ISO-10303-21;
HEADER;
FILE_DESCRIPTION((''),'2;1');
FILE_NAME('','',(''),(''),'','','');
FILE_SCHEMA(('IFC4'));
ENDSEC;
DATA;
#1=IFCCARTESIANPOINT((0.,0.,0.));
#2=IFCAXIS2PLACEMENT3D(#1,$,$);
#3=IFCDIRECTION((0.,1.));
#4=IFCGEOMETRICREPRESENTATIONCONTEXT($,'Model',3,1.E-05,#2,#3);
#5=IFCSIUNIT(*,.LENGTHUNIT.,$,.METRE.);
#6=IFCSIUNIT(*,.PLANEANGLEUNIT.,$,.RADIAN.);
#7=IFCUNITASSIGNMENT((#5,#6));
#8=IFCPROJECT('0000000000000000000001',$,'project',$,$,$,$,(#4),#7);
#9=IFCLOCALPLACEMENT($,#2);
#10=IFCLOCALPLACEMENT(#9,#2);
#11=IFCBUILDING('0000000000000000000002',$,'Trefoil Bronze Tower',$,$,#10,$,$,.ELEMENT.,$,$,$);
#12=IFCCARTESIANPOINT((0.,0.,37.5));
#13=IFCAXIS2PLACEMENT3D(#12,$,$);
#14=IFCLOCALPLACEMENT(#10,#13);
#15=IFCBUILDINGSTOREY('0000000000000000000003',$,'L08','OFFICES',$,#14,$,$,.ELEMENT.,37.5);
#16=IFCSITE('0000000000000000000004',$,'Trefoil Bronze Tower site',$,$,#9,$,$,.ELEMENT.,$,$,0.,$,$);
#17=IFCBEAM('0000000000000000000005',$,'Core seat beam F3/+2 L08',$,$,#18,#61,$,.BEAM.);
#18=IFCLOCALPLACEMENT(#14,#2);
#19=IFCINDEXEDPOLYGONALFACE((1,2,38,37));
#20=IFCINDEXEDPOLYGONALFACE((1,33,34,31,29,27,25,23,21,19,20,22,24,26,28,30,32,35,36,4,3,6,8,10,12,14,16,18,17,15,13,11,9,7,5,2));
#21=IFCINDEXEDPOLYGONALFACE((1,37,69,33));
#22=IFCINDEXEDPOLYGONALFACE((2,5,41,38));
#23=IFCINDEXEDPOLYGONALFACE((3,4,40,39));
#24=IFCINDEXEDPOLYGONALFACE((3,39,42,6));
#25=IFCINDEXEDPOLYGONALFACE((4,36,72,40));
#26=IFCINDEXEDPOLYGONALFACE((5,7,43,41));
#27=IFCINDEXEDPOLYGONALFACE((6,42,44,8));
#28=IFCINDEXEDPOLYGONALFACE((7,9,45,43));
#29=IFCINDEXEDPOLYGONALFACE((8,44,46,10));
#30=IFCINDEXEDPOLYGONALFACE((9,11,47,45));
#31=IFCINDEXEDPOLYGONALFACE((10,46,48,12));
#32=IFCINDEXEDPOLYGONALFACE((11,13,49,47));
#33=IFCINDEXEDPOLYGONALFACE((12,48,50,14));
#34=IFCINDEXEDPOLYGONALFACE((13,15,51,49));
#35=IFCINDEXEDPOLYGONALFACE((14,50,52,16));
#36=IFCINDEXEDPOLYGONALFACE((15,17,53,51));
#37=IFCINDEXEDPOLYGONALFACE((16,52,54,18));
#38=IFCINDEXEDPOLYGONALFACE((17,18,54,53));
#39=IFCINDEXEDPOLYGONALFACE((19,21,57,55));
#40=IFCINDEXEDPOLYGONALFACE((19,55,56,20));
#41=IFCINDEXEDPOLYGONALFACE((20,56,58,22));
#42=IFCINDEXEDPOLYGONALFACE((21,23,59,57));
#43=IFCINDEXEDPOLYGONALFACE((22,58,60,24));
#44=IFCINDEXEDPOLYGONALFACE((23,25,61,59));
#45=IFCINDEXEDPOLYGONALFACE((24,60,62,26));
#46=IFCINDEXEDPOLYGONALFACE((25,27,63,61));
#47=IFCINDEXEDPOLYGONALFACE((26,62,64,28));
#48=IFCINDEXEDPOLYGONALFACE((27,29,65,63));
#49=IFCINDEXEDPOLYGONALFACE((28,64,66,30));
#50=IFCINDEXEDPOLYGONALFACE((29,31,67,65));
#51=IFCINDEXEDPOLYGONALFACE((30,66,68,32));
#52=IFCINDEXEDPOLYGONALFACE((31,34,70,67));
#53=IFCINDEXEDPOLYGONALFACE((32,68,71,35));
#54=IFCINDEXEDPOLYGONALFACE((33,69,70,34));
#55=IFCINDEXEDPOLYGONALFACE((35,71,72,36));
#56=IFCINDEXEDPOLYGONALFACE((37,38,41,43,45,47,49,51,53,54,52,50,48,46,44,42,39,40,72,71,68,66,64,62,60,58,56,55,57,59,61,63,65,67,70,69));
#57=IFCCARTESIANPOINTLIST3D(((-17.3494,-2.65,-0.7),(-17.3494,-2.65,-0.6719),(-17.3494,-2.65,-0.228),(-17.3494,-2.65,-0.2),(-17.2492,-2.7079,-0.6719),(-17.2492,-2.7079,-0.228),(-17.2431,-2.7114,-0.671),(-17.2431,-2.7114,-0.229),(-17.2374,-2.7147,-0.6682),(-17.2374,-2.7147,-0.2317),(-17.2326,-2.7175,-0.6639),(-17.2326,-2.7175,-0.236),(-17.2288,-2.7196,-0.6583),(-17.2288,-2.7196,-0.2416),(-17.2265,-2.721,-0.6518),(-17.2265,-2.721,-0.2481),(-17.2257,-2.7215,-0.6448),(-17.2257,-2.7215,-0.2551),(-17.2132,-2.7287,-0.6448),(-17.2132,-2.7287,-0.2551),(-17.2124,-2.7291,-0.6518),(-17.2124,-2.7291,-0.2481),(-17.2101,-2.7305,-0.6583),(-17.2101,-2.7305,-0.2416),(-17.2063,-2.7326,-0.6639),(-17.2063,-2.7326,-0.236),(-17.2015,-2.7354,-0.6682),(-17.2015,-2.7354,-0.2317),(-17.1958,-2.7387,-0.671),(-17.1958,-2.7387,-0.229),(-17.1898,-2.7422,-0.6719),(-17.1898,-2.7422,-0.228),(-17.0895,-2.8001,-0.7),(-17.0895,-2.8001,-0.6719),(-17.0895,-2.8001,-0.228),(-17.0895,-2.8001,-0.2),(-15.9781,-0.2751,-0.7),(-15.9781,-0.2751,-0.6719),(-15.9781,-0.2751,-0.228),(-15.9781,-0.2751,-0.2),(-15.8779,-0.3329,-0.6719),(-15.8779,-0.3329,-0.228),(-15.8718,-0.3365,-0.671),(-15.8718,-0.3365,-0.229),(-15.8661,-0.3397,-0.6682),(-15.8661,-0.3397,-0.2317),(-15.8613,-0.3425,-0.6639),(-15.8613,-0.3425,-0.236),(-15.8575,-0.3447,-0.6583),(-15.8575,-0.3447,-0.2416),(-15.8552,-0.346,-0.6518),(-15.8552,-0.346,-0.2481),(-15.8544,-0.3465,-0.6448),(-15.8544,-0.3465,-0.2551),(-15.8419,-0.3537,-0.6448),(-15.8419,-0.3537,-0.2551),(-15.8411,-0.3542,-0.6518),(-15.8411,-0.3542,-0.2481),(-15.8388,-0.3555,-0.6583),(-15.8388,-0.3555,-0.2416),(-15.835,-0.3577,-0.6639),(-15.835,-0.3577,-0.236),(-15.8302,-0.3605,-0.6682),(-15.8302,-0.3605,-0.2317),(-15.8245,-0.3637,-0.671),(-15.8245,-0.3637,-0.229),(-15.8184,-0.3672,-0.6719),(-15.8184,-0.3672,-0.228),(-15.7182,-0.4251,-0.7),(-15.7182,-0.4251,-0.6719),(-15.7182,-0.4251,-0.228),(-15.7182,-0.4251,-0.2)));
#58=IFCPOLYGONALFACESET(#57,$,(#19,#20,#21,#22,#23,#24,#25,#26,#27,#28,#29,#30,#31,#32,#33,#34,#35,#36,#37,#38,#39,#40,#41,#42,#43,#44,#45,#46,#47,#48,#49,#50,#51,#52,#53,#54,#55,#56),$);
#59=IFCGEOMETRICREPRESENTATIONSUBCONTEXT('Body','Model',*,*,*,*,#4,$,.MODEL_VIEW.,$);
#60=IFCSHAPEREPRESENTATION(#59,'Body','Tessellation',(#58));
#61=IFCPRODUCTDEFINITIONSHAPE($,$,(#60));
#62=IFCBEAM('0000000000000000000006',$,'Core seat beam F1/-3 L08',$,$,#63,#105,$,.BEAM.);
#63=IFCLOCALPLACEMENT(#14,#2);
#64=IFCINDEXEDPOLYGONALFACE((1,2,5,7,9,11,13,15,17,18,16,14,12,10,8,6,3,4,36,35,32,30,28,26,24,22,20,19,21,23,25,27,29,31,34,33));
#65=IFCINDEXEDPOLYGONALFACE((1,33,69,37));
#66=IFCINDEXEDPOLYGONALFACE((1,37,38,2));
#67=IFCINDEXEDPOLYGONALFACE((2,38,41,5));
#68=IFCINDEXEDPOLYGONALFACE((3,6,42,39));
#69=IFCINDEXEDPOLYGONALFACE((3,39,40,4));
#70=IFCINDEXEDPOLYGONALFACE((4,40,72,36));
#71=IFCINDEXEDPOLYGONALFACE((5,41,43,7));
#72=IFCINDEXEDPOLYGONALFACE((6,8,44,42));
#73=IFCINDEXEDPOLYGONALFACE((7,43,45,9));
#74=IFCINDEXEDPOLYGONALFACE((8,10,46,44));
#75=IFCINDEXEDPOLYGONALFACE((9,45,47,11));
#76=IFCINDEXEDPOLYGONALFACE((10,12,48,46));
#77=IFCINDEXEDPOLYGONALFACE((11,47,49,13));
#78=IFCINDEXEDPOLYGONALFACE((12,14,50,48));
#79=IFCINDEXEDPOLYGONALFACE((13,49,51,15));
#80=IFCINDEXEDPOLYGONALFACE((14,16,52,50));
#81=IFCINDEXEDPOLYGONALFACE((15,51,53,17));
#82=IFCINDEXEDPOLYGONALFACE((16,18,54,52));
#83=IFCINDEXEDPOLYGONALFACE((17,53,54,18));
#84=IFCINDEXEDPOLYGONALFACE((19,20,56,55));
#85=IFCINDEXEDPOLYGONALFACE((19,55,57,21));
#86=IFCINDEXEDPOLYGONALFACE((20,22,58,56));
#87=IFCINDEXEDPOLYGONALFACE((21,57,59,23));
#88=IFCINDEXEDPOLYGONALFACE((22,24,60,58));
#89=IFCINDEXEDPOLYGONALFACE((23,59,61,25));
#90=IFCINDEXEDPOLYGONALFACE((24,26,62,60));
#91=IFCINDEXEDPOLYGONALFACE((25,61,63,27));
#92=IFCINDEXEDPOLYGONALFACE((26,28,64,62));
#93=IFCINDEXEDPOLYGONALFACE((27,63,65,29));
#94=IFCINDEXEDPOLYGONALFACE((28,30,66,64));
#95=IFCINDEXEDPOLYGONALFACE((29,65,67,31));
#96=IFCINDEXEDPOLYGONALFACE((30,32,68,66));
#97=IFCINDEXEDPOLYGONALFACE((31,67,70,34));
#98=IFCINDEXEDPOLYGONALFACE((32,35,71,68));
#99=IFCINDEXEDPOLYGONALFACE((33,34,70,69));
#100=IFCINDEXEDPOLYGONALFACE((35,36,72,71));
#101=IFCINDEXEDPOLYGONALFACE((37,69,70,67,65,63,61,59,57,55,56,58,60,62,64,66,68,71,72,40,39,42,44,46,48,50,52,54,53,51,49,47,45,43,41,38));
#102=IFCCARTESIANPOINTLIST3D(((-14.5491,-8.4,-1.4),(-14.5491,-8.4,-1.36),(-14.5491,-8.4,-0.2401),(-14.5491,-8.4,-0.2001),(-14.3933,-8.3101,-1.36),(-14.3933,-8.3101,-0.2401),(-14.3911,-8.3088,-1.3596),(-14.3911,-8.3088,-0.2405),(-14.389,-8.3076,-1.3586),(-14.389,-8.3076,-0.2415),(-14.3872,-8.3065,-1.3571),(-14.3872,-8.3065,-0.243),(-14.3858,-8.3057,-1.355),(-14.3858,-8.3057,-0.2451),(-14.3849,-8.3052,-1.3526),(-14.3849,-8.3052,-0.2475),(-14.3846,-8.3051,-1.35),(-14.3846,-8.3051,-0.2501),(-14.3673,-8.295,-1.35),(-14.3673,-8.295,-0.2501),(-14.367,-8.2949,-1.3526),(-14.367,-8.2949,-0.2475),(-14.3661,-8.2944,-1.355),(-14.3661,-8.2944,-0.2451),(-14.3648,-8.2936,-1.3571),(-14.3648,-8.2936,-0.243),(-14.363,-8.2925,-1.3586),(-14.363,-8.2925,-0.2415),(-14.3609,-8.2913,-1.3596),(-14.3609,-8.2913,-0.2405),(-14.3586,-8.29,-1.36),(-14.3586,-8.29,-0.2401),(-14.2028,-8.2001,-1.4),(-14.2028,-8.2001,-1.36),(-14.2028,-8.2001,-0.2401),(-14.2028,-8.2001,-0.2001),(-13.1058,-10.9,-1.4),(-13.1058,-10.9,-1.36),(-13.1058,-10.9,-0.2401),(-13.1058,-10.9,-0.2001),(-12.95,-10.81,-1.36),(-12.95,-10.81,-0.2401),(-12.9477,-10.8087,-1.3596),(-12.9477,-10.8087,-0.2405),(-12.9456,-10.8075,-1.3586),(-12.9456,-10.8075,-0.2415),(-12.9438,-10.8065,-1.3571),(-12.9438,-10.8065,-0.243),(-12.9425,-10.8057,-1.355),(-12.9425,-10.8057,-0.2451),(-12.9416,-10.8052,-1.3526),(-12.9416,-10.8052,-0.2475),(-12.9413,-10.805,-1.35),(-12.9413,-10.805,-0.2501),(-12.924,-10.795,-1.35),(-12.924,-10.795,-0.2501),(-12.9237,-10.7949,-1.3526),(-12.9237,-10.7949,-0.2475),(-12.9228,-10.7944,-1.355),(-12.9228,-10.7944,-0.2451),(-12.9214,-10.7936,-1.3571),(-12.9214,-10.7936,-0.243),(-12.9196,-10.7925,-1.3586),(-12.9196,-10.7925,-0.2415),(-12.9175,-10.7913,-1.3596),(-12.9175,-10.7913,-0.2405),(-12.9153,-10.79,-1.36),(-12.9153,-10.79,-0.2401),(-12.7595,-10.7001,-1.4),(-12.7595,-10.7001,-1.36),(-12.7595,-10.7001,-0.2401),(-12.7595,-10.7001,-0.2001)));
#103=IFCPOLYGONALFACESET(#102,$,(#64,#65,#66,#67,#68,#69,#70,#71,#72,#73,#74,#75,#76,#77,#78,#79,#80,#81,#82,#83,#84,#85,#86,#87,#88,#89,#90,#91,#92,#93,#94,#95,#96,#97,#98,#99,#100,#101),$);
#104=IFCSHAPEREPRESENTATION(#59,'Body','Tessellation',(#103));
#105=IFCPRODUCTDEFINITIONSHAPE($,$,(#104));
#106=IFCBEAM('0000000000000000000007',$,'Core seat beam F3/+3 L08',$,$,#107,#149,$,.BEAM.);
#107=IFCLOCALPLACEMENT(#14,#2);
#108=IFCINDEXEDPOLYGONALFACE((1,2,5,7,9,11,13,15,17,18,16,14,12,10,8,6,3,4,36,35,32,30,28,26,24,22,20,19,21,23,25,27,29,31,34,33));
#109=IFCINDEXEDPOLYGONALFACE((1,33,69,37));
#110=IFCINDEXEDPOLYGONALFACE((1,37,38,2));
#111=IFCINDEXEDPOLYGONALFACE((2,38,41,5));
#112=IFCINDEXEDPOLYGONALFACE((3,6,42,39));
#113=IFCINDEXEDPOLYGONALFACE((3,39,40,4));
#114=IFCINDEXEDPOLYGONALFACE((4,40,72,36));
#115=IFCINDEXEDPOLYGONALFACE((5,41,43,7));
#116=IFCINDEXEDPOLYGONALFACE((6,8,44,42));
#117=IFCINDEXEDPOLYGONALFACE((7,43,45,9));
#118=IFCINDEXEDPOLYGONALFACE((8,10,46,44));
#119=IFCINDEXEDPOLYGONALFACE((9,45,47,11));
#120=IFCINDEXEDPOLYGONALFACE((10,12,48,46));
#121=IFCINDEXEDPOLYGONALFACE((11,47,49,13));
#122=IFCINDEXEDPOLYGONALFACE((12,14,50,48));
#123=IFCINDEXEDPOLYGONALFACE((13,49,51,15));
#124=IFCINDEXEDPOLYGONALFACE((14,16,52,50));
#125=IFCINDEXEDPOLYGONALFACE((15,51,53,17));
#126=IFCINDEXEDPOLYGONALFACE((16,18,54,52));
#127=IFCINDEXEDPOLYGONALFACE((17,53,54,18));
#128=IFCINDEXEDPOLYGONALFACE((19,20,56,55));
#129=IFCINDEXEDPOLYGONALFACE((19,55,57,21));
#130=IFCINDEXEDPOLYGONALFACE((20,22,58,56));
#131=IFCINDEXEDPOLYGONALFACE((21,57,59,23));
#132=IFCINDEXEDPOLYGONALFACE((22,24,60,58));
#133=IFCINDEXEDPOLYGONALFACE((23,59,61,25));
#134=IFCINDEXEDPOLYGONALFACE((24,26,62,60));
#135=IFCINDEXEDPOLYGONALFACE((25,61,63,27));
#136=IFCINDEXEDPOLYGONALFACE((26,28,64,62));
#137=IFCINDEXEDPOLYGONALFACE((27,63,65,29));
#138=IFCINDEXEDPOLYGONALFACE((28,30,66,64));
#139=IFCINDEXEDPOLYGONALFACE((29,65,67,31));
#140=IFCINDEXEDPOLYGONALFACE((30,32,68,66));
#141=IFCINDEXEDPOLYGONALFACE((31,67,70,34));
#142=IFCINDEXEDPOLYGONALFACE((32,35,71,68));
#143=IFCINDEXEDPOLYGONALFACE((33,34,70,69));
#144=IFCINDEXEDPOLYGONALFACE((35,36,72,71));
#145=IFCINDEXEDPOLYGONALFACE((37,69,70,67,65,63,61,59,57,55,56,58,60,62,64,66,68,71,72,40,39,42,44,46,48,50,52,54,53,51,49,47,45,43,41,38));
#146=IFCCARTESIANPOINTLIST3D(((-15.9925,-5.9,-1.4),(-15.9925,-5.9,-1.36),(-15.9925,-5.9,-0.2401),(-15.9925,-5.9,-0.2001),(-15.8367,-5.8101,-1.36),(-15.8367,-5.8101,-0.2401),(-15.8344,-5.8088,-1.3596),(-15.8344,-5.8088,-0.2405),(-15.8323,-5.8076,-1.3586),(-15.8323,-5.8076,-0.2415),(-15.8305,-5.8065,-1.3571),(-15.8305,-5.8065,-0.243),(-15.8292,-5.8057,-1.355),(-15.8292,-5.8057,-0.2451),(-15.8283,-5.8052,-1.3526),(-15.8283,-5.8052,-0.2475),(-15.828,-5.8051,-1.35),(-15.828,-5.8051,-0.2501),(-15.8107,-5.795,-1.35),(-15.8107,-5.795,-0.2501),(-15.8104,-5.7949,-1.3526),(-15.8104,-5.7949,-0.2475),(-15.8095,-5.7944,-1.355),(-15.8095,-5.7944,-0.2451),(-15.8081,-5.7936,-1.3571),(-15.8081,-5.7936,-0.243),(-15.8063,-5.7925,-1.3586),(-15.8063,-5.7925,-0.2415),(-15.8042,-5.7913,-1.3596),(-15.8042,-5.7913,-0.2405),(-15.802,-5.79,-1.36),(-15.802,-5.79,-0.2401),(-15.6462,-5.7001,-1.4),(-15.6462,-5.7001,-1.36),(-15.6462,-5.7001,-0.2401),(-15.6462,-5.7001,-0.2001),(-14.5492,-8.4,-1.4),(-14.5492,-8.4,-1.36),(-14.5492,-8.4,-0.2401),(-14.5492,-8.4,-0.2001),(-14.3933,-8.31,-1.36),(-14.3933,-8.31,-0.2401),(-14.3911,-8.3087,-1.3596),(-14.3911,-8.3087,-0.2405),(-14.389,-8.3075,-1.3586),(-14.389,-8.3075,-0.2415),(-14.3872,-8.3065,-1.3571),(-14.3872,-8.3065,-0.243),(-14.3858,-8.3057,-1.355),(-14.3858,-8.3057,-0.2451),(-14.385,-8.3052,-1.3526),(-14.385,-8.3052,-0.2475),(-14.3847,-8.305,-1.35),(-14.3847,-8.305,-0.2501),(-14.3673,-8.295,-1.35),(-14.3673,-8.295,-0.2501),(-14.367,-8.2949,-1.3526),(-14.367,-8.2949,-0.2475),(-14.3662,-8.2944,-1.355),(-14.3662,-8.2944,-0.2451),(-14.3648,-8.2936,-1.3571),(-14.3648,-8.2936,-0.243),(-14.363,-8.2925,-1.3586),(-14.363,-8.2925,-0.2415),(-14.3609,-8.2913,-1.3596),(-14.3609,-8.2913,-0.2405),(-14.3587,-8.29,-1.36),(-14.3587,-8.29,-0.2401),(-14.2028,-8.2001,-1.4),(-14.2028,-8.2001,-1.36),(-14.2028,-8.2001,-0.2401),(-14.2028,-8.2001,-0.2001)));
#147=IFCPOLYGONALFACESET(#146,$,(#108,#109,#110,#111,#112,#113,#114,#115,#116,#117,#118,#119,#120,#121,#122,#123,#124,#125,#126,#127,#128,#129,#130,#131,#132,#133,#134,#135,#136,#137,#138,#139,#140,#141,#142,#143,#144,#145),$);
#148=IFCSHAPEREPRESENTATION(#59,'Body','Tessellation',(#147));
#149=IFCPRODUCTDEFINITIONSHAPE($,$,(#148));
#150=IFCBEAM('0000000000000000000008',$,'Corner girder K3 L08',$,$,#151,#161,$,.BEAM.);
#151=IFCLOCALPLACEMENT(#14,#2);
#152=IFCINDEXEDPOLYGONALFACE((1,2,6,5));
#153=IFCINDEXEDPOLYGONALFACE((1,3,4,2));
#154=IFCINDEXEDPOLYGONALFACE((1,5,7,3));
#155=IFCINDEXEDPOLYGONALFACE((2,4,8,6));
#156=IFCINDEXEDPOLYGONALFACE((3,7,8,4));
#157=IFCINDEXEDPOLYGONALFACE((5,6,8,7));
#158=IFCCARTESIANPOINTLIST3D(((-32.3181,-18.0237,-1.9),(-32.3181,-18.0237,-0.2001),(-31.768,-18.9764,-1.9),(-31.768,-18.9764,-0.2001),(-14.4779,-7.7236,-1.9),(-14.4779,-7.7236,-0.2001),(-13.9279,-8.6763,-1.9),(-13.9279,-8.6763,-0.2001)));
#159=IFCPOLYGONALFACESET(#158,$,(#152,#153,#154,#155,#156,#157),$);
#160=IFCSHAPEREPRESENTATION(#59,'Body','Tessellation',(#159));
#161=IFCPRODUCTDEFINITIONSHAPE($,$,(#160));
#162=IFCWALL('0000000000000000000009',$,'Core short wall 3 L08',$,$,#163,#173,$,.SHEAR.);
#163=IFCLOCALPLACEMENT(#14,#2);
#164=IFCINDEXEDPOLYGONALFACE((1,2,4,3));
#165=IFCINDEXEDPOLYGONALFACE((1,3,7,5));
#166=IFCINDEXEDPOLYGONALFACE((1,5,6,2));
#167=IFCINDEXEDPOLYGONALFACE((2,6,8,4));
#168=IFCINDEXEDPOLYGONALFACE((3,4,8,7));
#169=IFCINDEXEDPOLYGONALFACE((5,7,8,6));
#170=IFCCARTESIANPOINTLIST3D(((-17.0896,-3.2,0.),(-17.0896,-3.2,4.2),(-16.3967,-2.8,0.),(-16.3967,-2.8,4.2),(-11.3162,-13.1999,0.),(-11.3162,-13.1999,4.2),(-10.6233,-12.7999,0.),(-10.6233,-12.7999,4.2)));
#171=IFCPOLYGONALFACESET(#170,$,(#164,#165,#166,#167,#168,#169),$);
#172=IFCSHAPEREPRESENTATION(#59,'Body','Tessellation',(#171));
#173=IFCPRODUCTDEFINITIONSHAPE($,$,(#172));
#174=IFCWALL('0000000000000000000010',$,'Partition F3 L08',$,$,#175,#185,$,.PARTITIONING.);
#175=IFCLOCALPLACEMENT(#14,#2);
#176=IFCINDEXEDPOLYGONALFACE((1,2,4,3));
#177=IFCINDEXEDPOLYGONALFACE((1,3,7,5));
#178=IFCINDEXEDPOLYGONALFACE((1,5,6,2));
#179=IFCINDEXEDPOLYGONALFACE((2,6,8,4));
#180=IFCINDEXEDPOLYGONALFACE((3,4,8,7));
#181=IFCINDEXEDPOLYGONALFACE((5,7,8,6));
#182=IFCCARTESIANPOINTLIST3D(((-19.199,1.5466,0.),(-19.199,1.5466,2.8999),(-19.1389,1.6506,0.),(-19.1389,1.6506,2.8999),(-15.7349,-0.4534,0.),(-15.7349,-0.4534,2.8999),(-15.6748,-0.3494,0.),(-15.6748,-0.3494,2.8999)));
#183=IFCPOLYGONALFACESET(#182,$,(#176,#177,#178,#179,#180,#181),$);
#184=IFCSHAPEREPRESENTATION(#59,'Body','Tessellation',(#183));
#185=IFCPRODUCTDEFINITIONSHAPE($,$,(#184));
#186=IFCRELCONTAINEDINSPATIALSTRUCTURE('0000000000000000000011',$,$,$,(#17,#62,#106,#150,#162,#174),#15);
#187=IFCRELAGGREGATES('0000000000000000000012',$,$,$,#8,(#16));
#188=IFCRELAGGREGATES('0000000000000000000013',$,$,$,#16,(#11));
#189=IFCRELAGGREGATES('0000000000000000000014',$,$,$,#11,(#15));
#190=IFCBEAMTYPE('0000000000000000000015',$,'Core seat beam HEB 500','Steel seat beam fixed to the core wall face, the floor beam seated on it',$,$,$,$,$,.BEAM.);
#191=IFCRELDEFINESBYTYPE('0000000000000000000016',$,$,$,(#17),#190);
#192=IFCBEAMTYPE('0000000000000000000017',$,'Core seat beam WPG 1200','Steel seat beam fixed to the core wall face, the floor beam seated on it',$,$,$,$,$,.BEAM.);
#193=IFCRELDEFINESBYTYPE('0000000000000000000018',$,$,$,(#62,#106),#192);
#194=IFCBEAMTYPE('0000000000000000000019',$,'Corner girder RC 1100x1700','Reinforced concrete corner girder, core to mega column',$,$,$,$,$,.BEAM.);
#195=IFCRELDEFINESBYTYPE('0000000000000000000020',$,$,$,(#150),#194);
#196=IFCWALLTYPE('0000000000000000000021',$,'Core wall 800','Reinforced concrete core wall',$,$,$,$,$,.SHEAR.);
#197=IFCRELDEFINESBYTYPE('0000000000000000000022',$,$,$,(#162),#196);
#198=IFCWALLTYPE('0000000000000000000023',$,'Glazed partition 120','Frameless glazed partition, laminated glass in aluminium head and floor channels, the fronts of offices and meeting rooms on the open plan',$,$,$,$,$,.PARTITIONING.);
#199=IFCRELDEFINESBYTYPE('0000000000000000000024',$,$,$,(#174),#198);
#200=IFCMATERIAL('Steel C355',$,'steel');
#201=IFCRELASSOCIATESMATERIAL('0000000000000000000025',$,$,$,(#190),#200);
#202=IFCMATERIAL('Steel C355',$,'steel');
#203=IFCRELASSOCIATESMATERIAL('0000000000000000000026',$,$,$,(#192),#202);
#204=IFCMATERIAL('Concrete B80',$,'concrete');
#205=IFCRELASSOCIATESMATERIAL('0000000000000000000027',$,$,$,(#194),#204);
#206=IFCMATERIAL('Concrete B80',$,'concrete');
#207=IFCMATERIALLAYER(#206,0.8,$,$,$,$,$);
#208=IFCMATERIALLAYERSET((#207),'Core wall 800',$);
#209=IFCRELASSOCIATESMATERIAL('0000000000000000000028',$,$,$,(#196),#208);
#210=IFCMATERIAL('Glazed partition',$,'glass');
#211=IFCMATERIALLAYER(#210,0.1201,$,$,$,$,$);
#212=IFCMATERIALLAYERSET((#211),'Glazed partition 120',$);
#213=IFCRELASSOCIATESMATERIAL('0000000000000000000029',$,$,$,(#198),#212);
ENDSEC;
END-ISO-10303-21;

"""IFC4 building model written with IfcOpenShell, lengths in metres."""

from ifc_helpers import new_model, si_unit, direction, frame, frame_2d, origin, origin_2d, place, context, subcontext, project, spatial, rectangle, i_section, extrude, material, layer, layer_set, material_profile, profile_set, type_object, element, save


model = new_model("IFC4")

# Units and contexts
model_context = context("Model", 3, precision=1e-05, world=origin(), true_north=direction((0.0, 1.0)))
body_context = subcontext(model_context, "Body", "Model", "MODEL_VIEW")
ifc_project = project(units=[si_unit("LENGTHUNIT", "METRE"), si_unit("PLANEANGLEUNIT", "RADIAN")], contexts=[model_context])

# Site, building, storey
site_placement = place(None, origin())
site = spatial("IfcSite", under=ifc_project, at=site_placement, Name="Trefoil Bronze Tower site", CompositionType="ELEMENT", RefElevation=0.0)
building_placement = place(site_placement, origin())
building = spatial("IfcBuilding", under=site, at=building_placement, Name="Trefoil Bronze Tower", CompositionType="ELEMENT")
storey_placement = place(building_placement, frame((0.0, 0.0, 37.5)))
storey = spatial("IfcBuildingStorey", under=building, at=storey_placement, Name="L08", Description="OFFICES", CompositionType="ELEMENT", Elevation=37.5)

# Beams
ifc_material_1 = material(Name="Steel C355", Category="steel")
ifc_material_profile_1 = material_profile(ifc_material_1, i_section(OverallWidth=0.3, OverallDepth=0.5, WebThickness=0.0144, FlangeThickness=0.0281, FilletRadius=0.0271, at=origin_2d()), Name="HEB 500")
ifc_profile_set_1 = profile_set([ifc_material_profile_1], Name="Steel C355")
beam_type_1 = type_object("IfcBeamType", Name="Core seat beam HEB 500", Description="Steel seat beam fixed to the core wall face, the floor beam seated on it", PredefinedType="BEAM", material=ifc_profile_set_1)
beam_1_placement = place(storey_placement, frame((-15.8481, -0.3501, -0.45), z_axis=(-0.500036, -0.866005, 0.0), x_axis=(0.866005, -0.500036, 0.0)))
element("IfcBeam", 1, at=beam_1_placement, inside=storey, type_object=beam_type_1, Name="Core seat beam F3/+2 L08", PredefinedType="BEAM", context=body_context, shape_type="SweptSolid", body=[
    extrude(i_section(OverallWidth=0.3, OverallDepth=0.5, WebThickness=0.0144, FlangeThickness=0.0281, FilletRadius=0.0271, at=origin_2d()), origin(), (0.0, 0.0, 1.0), 2.7424),
])
ifc_material_2 = material(Name="Steel C355", Category="steel")
ifc_material_profile_2 = material_profile(ifc_material_2, i_section(OverallWidth=0.3999, OverallDepth=1.2, WebThickness=0.02, FlangeThickness=0.04, FilletRadius=0.01, at=origin_2d()), Name="WPG 1200")
ifc_profile_set_2 = profile_set([ifc_material_profile_2], Name="Steel C355")
beam_type_2 = type_object("IfcBeamType", Name="Core seat beam WPG 1200", Description="Steel seat beam fixed to the core wall face, the floor beam seated on it", PredefinedType="BEAM", material=ifc_profile_set_2)
for number, where, z_axis, x_axis, name in (
    (2, (-14.376, -8.3, -0.8), (0.499996, -0.866028, 0.0), (0.866028, 0.499996, 0.0), "Core seat beam F1/-3 L08"),
    (3, (-15.8193, -5.8, -0.8), (0.499996, -0.866028, 0.0), (0.866028, 0.499996, 0.0), "Core seat beam F3/+3 L08"),
):
    element("IfcBeam", number, at=place(storey_placement, frame(where, z_axis=z_axis, x_axis=x_axis)), inside=storey, type_object=beam_type_2, Name=name, PredefinedType="BEAM", context=body_context, shape_type="SweptSolid", body=[
        extrude(i_section(OverallWidth=0.3999, OverallDepth=1.2, WebThickness=0.02, FlangeThickness=0.04, FilletRadius=0.01, at=origin_2d()), origin(), (0.0, 0.0, 1.0), 2.8867),
    ])
ifc_material_3 = material(Name="Concrete B80", Category="concrete")
ifc_material_profile_3 = material_profile(ifc_material_3, rectangle(XDim=1.1001, YDim=1.7, at=origin_2d()), Name="RC 1100x1700")
ifc_profile_set_3 = profile_set([ifc_material_profile_3], Name="Concrete B80")
beam_type_3 = type_object("IfcBeamType", Name="Corner girder RC 1100x1700", Description="Reinforced concrete corner girder, core to mega column", PredefinedType="BEAM", material=ifc_profile_set_3)
beam_2_placement = place(storey_placement, frame((-14.2029, -8.2, -1.05), z_axis=(-0.866024, -0.500003, 0.0), x_axis=(0.500003, -0.866024, 0.0)))
element("IfcBeam", 4, at=beam_2_placement, inside=storey, type_object=beam_type_3, Name="Corner girder K3 L08", PredefinedType="BEAM", context=body_context, shape_type="SweptSolid", body=[
    extrude(rectangle(XDim=1.1001, YDim=1.7, at=origin_2d()), origin(), (0.0, 0.0, 1.0), 20.6001),
])

# Walls
ifc_material_4 = material(Name="Concrete B80", Category="concrete")
ifc_layer_1 = layer(ifc_material_4, 0.8)
ifc_layer_set_1 = layer_set([ifc_layer_1], Name="Core wall 800")
wall_type_1 = type_object("IfcWallType", Name="Core wall 800", Description="Reinforced concrete core wall", PredefinedType="SHEAR", material=ifc_layer_set_1)
wall_1_placement = place(storey_placement, frame((-16.7432, -3.0, 0.0), z_axis=(0.0, 0.0, 1.0), x_axis=(0.499996, -0.866028, 0.0)))
element("IfcWall", 5, at=wall_1_placement, inside=storey, type_object=wall_type_1, Name="Core short wall 3 L08", PredefinedType="SHEAR", context=body_context, shape_type="SweptSolid", body=[
    extrude(rectangle(XDim=11.5469, YDim=0.8, at=frame_2d((5.7734, 0.0))), origin(), (0.0, 0.0, 1.0), 4.2),
])
ifc_material_5 = material(Name="Glazed partition", Category="glass")
ifc_layer_2 = layer(ifc_material_5, 0.1201)
ifc_layer_set_2 = layer_set([ifc_layer_2], Name="Glazed partition 120")
wall_type_2 = type_object("IfcWallType", Name="Glazed partition 120", Description="Frameless glazed partition, laminated glass in aluminium head and floor channels, the fronts of offices and meeting rooms on the open plan", PredefinedType="PARTITIONING", material=ifc_layer_set_2)
wall_2_placement = place(storey_placement, frame((-15.7048, -0.4014, 0.0), z_axis=(0.0, 0.0, 1.0), x_axis=(-0.866026, 0.499999, 0.0)))
element("IfcWall", 6, at=wall_2_placement, inside=storey, type_object=wall_type_2, Name="Partition F3 L08", PredefinedType="PARTITIONING", context=body_context, shape_type="SweptSolid", body=[
    extrude(rectangle(XDim=4.0, YDim=0.1201, at=frame_2d((2.0, 0.0))), origin(), (0.0, 0.0, 1.0), 2.8999),
])

save(model, "model.ifc")
